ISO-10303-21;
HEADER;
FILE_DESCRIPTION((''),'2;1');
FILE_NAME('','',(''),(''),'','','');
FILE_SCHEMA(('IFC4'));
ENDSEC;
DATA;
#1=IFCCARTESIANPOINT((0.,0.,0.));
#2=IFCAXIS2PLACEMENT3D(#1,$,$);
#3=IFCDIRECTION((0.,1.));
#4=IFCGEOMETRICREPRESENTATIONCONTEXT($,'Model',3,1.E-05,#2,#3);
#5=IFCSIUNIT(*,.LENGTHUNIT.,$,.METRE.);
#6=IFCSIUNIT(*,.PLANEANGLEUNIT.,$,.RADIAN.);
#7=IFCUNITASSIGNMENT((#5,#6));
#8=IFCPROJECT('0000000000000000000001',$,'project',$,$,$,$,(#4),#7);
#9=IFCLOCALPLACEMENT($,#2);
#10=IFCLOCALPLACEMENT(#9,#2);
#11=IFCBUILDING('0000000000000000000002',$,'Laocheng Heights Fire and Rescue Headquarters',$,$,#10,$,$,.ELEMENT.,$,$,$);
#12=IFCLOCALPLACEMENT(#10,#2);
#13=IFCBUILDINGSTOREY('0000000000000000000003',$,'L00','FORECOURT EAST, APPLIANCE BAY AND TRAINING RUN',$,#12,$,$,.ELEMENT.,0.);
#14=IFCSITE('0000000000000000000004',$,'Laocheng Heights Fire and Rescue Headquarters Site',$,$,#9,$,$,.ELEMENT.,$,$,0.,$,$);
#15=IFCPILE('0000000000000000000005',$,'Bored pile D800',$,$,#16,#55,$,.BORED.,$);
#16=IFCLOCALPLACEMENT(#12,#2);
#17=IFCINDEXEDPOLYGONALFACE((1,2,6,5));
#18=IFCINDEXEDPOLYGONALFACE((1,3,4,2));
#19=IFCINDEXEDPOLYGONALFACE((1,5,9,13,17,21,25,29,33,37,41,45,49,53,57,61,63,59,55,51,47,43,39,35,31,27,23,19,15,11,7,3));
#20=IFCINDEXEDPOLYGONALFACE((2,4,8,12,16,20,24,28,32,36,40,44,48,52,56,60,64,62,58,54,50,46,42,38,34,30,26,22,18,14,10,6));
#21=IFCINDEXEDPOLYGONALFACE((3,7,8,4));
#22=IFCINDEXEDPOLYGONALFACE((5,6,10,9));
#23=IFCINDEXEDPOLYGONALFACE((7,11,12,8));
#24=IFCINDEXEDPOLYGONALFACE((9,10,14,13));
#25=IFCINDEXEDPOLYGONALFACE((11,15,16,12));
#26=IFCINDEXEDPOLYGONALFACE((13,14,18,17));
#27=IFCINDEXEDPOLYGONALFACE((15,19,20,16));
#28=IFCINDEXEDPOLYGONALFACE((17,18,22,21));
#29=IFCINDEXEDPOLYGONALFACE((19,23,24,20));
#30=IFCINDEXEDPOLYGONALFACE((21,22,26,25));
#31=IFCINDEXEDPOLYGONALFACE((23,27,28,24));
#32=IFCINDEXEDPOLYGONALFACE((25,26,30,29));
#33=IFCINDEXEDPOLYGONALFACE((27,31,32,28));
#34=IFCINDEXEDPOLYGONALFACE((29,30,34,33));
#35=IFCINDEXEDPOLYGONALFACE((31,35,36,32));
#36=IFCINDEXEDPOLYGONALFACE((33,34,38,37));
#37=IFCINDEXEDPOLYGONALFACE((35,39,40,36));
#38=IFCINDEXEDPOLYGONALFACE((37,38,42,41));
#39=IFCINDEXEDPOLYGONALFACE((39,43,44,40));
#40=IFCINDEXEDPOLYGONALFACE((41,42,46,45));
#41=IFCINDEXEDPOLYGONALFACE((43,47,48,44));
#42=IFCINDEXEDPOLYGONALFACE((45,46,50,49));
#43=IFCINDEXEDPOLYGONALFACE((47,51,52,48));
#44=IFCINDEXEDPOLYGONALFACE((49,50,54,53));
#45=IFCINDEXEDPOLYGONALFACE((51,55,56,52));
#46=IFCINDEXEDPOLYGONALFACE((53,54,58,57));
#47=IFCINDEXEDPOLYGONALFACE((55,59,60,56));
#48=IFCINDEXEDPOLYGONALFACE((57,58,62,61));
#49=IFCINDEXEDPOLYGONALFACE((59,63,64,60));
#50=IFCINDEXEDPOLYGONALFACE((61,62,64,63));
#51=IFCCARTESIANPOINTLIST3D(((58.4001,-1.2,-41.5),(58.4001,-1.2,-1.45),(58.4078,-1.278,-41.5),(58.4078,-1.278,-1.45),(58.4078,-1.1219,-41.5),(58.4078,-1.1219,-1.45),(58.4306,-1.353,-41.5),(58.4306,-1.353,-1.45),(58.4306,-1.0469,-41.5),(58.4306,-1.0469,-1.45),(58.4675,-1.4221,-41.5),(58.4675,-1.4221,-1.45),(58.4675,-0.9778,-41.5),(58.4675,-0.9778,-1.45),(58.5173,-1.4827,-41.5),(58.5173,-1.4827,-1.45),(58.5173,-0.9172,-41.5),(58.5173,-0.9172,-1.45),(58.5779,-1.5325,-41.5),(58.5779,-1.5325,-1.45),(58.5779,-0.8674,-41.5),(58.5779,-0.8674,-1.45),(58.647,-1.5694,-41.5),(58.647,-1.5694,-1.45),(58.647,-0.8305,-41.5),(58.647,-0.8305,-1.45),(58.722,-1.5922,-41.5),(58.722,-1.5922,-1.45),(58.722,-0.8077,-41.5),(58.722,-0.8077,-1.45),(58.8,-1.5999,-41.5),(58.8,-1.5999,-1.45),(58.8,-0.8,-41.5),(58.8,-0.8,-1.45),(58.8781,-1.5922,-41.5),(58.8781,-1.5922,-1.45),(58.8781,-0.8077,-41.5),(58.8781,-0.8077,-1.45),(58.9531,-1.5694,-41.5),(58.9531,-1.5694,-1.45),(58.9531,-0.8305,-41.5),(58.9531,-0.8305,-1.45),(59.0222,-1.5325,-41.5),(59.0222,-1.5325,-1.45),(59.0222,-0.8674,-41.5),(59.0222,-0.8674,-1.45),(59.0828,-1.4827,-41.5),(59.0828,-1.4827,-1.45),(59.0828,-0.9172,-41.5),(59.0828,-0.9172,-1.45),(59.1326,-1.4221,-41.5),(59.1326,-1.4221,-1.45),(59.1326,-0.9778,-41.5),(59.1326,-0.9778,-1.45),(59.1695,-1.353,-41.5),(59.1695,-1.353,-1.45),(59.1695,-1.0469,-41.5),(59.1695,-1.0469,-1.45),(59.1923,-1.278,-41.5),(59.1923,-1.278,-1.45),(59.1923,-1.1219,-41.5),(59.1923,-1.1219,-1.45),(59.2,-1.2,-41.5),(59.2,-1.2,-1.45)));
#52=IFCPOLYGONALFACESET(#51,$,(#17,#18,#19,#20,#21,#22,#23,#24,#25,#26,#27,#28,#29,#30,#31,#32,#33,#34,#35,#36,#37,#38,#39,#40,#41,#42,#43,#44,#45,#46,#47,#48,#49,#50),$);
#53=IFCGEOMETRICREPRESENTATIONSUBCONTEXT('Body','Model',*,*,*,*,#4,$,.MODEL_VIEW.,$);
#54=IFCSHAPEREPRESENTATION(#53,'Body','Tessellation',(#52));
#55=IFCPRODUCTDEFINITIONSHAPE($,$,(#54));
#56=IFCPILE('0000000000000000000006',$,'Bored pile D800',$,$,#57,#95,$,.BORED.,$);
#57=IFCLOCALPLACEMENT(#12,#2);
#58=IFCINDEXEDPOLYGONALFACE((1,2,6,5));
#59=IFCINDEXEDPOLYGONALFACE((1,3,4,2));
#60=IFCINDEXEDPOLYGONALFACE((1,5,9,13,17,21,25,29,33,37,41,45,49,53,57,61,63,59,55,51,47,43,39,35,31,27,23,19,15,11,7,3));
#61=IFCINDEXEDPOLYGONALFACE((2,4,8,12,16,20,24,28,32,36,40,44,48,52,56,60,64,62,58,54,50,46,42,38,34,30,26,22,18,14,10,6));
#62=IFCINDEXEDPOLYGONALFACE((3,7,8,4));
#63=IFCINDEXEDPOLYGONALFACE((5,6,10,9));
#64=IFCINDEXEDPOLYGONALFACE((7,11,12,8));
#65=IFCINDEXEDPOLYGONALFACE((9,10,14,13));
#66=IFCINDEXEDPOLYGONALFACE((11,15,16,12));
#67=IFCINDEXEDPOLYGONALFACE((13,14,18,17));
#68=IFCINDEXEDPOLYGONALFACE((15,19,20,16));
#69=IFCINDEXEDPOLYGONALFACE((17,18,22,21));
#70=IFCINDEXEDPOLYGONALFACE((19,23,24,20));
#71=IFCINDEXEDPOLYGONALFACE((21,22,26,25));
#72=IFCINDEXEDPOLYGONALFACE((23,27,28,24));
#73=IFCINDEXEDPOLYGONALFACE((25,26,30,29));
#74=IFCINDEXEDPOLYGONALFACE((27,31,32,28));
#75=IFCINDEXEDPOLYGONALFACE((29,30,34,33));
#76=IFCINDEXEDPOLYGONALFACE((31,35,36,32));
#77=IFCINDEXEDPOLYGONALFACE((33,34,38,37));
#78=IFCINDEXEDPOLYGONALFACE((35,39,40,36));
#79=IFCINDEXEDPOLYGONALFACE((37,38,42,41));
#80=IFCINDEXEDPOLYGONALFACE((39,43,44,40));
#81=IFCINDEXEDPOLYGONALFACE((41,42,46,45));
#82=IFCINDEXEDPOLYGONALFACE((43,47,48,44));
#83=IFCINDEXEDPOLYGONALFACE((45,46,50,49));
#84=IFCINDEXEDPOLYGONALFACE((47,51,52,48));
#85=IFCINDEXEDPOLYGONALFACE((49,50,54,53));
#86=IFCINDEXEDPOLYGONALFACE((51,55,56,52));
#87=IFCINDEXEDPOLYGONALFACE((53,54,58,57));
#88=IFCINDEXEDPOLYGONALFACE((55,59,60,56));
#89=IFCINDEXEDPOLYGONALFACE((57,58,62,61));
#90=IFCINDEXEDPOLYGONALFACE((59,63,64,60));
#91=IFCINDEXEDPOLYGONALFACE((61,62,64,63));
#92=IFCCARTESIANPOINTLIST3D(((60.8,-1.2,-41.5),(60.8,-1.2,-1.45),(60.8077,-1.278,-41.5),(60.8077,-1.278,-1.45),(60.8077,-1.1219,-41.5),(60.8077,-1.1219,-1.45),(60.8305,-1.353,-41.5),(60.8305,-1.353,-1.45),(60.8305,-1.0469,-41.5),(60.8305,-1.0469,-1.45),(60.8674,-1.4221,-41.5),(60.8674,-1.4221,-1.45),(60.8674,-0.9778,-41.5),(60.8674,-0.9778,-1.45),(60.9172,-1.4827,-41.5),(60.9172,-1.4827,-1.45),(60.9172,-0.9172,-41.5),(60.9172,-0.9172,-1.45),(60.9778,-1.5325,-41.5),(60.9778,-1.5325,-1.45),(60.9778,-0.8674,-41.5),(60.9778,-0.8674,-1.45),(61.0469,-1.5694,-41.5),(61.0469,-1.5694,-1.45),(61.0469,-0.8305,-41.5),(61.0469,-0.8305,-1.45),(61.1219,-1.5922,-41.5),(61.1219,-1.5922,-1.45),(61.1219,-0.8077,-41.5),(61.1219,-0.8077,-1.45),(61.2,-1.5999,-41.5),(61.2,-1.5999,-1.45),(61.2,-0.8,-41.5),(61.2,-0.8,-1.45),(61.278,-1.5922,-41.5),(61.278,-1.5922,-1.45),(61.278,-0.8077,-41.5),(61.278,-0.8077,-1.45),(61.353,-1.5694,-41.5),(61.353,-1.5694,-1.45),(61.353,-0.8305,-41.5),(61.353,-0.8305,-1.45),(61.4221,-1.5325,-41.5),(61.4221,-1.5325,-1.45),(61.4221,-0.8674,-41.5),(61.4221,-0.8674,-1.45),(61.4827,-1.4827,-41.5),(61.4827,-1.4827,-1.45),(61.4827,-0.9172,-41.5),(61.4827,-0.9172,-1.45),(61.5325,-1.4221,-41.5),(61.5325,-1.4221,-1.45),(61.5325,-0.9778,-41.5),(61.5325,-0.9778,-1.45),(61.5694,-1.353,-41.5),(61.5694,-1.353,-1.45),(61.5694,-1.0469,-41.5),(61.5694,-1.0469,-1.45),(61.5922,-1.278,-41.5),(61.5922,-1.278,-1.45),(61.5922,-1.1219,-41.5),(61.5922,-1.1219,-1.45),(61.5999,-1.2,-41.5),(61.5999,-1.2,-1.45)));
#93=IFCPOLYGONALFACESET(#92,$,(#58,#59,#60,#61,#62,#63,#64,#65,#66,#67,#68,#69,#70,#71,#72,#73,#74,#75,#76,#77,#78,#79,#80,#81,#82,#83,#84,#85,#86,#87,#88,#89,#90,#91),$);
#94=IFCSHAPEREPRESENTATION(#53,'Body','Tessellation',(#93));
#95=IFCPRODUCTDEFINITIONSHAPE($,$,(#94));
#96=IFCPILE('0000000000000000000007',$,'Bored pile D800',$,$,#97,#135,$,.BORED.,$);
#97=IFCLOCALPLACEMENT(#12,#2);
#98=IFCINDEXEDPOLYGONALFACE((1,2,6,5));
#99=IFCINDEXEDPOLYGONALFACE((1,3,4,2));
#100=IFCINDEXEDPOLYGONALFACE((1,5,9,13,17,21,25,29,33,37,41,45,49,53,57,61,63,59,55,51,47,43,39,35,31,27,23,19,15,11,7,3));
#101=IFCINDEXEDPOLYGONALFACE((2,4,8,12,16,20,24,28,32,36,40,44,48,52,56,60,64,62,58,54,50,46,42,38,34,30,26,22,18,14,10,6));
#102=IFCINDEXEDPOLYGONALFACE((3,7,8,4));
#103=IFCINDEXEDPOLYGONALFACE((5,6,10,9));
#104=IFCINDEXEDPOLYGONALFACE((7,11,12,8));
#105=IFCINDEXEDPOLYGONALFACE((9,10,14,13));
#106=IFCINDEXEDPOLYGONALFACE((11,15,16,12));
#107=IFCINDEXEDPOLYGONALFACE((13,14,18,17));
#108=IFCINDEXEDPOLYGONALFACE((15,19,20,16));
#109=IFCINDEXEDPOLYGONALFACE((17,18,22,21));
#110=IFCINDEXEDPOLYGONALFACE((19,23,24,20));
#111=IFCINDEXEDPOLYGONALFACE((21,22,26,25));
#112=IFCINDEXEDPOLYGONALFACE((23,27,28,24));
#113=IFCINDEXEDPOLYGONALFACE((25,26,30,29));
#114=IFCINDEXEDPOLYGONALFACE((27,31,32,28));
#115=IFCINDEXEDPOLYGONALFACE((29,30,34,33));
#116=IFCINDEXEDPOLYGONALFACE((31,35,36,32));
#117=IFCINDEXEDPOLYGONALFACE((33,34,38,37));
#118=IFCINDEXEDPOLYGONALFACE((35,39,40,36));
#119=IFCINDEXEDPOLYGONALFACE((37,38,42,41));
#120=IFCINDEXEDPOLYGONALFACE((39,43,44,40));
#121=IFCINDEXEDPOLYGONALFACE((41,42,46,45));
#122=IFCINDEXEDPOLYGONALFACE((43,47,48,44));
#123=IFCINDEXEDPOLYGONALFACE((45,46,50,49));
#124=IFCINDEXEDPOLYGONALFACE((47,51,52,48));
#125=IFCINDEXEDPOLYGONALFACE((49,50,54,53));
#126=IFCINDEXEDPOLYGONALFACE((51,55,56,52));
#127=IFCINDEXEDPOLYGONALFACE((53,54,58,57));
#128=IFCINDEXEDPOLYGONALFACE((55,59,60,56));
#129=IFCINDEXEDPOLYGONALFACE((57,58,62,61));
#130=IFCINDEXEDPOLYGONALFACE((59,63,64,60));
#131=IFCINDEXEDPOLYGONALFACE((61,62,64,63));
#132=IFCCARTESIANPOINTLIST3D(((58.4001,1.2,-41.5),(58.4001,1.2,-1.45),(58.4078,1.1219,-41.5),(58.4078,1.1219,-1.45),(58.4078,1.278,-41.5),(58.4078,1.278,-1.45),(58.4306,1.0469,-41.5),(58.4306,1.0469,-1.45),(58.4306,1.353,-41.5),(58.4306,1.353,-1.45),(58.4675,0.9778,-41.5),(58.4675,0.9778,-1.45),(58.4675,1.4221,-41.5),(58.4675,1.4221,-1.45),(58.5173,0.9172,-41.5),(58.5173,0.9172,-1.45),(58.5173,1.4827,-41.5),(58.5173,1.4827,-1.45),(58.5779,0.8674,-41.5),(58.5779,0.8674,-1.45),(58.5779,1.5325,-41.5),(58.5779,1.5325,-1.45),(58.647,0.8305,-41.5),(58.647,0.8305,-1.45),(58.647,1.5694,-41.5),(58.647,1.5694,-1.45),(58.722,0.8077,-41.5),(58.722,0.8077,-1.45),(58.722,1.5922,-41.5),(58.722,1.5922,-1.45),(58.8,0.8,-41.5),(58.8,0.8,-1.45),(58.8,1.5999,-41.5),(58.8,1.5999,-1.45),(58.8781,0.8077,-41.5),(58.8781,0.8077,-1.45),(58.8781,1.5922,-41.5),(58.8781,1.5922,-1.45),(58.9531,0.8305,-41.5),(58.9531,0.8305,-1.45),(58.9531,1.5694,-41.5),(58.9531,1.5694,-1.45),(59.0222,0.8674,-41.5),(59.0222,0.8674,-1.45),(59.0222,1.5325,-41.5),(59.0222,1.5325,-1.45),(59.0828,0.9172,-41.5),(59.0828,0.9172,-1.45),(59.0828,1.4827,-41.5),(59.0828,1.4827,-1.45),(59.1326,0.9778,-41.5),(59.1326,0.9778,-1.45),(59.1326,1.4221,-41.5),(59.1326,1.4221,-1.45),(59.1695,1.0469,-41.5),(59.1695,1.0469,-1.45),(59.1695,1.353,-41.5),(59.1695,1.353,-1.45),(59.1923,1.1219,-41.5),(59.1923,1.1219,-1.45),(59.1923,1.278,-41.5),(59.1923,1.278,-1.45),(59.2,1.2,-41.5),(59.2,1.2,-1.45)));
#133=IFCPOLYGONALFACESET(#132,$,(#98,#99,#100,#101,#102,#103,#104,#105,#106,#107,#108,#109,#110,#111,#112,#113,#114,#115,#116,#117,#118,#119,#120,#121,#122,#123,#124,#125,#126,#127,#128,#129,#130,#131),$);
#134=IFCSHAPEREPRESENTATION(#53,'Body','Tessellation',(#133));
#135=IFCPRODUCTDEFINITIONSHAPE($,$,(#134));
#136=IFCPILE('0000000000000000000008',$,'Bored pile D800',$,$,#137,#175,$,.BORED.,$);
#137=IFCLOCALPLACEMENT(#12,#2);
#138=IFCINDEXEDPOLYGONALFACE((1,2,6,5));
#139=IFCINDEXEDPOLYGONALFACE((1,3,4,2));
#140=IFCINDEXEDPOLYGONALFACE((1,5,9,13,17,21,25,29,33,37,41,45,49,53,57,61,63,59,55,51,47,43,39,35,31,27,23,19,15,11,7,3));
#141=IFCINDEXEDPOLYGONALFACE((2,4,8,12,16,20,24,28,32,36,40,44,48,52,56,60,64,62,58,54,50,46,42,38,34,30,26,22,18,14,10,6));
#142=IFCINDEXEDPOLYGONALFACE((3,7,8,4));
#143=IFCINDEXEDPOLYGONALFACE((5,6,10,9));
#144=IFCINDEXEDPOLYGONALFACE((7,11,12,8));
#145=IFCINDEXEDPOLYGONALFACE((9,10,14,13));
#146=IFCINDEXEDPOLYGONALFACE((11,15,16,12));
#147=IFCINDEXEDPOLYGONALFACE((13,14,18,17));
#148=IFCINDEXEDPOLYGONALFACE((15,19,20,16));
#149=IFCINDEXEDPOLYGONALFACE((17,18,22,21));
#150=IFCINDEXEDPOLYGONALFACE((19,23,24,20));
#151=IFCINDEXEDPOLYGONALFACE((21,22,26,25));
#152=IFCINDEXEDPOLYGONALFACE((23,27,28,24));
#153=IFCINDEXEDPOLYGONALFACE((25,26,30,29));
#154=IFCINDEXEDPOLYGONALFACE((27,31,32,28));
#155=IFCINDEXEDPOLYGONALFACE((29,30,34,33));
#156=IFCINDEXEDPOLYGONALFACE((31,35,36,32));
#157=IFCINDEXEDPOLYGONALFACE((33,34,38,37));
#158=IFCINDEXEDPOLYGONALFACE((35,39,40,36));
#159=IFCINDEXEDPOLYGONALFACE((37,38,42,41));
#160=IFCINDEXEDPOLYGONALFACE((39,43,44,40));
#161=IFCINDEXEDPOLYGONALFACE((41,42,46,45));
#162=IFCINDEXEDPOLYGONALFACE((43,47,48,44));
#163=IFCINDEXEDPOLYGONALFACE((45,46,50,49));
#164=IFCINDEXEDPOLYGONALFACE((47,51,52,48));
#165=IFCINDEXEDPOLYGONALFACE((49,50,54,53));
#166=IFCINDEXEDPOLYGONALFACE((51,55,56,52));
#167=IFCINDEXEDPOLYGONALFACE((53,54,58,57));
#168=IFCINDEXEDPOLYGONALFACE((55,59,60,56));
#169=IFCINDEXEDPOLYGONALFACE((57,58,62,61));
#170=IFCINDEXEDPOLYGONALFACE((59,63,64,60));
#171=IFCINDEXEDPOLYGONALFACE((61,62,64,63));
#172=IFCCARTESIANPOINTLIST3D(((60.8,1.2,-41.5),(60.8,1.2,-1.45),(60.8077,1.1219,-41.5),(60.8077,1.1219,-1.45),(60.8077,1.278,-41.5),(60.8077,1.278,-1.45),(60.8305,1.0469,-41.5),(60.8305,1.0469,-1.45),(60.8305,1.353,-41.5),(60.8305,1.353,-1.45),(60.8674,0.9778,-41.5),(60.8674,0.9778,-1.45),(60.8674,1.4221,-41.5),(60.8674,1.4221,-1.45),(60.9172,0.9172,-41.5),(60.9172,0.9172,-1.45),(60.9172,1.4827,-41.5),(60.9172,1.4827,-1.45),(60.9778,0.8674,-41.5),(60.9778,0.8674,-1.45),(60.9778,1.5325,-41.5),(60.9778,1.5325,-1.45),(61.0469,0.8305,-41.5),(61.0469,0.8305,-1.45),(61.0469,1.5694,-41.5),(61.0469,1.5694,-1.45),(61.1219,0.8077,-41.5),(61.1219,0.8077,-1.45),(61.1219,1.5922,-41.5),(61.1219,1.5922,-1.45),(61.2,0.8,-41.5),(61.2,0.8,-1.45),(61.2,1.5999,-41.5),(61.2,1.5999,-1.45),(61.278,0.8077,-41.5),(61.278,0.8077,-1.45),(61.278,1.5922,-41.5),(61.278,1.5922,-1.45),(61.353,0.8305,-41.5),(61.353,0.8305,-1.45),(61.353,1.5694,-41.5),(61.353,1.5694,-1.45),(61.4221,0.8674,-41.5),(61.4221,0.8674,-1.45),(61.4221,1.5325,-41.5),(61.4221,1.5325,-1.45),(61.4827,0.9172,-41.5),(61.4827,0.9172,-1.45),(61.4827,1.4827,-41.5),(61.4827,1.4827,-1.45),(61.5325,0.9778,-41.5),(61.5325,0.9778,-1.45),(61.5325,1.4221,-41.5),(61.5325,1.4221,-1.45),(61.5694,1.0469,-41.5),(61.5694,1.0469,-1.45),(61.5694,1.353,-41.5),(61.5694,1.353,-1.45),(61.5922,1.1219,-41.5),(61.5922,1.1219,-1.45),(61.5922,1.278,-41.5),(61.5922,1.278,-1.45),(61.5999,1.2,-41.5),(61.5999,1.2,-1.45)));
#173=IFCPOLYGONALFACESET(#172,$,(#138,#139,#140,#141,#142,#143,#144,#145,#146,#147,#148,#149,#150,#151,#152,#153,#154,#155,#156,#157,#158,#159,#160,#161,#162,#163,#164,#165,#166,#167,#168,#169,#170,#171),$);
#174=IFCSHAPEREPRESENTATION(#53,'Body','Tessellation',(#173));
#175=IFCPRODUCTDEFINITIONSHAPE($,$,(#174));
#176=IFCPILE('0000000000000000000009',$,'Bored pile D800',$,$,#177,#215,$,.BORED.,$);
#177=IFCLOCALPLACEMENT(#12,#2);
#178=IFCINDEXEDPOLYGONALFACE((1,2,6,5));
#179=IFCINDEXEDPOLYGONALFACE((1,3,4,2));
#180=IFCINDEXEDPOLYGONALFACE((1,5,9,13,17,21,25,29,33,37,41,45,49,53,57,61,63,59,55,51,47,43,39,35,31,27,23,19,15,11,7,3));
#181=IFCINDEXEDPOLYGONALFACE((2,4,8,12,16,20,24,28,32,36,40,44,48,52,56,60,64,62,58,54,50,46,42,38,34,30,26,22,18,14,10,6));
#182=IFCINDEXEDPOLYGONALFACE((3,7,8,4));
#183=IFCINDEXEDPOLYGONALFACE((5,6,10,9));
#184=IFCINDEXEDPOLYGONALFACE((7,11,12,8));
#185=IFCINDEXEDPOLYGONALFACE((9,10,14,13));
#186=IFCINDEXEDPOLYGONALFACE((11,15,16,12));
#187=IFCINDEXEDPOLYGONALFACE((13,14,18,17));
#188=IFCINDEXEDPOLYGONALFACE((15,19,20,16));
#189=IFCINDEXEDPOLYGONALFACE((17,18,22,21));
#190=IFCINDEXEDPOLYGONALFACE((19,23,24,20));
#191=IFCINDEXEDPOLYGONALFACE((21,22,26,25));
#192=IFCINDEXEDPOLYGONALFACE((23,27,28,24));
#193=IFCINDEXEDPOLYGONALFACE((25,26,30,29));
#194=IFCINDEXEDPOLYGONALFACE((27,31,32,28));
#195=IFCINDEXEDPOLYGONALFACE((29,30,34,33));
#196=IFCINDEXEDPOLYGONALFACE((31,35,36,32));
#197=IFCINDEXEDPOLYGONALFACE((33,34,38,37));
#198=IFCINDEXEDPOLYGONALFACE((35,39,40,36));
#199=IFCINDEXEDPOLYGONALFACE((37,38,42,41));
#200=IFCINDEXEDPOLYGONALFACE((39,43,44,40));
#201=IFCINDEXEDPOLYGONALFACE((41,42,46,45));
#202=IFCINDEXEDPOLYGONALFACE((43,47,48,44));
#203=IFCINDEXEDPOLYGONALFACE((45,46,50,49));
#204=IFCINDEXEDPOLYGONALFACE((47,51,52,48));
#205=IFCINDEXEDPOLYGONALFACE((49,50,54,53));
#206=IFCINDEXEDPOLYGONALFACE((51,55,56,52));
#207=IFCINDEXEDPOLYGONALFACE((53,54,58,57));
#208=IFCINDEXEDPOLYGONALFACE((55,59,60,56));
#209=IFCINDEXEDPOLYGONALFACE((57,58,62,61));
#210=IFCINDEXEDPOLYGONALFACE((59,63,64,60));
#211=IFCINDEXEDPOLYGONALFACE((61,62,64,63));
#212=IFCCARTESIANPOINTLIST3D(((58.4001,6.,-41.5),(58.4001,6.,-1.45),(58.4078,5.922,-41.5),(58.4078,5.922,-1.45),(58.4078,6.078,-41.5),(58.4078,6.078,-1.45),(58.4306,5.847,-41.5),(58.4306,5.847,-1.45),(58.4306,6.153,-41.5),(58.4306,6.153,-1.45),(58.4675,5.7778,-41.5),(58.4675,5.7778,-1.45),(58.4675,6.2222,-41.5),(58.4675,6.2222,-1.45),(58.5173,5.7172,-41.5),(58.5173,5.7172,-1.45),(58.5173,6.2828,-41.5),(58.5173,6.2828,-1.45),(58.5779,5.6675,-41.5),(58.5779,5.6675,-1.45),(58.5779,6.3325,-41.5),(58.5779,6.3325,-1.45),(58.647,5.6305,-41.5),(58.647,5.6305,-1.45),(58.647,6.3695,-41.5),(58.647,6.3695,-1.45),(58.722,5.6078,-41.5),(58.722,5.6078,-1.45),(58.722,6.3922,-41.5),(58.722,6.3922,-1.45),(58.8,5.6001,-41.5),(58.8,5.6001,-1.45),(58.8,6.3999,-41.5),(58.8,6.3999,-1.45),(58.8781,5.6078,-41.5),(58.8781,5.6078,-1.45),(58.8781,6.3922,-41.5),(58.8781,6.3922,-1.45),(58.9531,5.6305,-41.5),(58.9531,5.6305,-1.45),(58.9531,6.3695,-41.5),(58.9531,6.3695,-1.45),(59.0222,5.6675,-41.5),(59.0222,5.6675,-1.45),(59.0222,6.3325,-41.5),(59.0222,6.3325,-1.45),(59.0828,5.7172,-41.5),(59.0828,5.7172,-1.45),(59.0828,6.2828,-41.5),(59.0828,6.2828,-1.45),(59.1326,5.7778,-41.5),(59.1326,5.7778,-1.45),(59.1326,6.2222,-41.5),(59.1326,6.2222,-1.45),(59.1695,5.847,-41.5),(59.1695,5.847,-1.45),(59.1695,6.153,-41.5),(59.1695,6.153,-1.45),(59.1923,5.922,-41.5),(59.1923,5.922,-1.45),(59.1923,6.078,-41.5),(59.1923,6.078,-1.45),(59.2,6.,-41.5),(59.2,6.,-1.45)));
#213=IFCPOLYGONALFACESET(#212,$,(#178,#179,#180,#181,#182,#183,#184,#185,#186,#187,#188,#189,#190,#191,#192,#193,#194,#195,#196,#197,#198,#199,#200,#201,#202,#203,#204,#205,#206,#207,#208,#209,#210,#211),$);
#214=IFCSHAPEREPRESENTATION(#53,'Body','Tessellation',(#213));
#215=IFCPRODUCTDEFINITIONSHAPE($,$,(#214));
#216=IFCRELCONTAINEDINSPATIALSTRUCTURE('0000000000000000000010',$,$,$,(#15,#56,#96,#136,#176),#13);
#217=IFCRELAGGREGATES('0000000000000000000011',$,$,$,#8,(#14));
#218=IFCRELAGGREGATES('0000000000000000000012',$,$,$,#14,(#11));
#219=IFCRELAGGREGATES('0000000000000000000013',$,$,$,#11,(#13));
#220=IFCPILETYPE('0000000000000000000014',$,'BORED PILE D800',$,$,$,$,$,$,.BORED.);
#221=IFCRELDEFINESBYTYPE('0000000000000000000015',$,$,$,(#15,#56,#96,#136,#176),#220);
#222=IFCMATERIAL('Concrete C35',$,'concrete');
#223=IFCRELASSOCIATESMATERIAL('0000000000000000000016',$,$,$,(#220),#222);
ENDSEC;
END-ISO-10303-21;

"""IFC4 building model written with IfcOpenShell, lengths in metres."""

from ifc_helpers import new_model, si_unit, direction, frame, origin, origin_2d, place, context, subcontext, project, spatial, circle, extrude, material, material_profile, profile_set, type_object, element, save


model = new_model("IFC4")

# Units and contexts
model_context = context("Model", 3, precision=1e-05, world=origin(), true_north=direction((0.0, 1.0)))
body_context = subcontext(model_context, "Body", "Model", "MODEL_VIEW")
ifc_project = project(units=[si_unit("LENGTHUNIT", "METRE"), si_unit("PLANEANGLEUNIT", "RADIAN")], contexts=[model_context])

# Site, building, storey
site_placement = place(None, origin())
site = spatial("IfcSite", under=ifc_project, at=site_placement, Name="Laocheng Heights Fire and Rescue Headquarters Site", CompositionType="ELEMENT", RefElevation=0.0)
building_placement = place(site_placement, origin())
building = spatial("IfcBuilding", under=site, at=building_placement, Name="Laocheng Heights Fire and Rescue Headquarters", CompositionType="ELEMENT")
storey_placement = place(building_placement, origin())
storey = spatial("IfcBuildingStorey", under=building, at=storey_placement, Name="L00", Description="FORECOURT EAST, APPLIANCE BAY AND TRAINING RUN", CompositionType="ELEMENT", Elevation=0.0)

# Piles
ifc_material_1 = material(Name="Concrete C35", Category="concrete")
ifc_material_profile_1 = material_profile(ifc_material_1, circle(Radius=0.3999, at=origin_2d()), Name="BORED PILE D800")
ifc_profile_set_1 = profile_set([ifc_material_profile_1], Name="Concrete C35")
pile_type = type_object("IfcPileType", Name="BORED PILE D800", PredefinedType="BORED", material=ifc_profile_set_1)
for number, where, z_axis, x_axis, name in (
    (1, (58.8, -1.2, -1.45), (0.0, 0.0, -1.0), (1.0, 0.0, 0.0), "Bored pile D800"),
    (2, (61.2, -1.2, -1.45), (0.0, 0.0, -1.0), (1.0, 0.0, 0.0), "Bored pile D800"),
    (3, (58.8, 1.2, -1.45), (0.0, 0.0, -1.0), (1.0, 0.0, 0.0), "Bored pile D800"),
    (4, (61.2, 1.2, -1.45), (0.0, 0.0, -1.0), (1.0, 0.0, 0.0), "Bored pile D800"),
    (5, (58.8, 6.0, -1.45), (0.0, 0.0, -1.0), (1.0, 0.0, 0.0), "Bored pile D800"),
):
    element("IfcPile", number, at=place(storey_placement, frame(where, z_axis=z_axis, x_axis=x_axis)), inside=storey, type_object=pile_type, Name=name, PredefinedType="BORED", context=body_context, shape_type="SweptSolid", body=[
        extrude(circle(Radius=0.3999, at=origin_2d()), origin(), (0.0, 0.0, 1.0), 40.05),
    ])

save(model, "model.ifc")
